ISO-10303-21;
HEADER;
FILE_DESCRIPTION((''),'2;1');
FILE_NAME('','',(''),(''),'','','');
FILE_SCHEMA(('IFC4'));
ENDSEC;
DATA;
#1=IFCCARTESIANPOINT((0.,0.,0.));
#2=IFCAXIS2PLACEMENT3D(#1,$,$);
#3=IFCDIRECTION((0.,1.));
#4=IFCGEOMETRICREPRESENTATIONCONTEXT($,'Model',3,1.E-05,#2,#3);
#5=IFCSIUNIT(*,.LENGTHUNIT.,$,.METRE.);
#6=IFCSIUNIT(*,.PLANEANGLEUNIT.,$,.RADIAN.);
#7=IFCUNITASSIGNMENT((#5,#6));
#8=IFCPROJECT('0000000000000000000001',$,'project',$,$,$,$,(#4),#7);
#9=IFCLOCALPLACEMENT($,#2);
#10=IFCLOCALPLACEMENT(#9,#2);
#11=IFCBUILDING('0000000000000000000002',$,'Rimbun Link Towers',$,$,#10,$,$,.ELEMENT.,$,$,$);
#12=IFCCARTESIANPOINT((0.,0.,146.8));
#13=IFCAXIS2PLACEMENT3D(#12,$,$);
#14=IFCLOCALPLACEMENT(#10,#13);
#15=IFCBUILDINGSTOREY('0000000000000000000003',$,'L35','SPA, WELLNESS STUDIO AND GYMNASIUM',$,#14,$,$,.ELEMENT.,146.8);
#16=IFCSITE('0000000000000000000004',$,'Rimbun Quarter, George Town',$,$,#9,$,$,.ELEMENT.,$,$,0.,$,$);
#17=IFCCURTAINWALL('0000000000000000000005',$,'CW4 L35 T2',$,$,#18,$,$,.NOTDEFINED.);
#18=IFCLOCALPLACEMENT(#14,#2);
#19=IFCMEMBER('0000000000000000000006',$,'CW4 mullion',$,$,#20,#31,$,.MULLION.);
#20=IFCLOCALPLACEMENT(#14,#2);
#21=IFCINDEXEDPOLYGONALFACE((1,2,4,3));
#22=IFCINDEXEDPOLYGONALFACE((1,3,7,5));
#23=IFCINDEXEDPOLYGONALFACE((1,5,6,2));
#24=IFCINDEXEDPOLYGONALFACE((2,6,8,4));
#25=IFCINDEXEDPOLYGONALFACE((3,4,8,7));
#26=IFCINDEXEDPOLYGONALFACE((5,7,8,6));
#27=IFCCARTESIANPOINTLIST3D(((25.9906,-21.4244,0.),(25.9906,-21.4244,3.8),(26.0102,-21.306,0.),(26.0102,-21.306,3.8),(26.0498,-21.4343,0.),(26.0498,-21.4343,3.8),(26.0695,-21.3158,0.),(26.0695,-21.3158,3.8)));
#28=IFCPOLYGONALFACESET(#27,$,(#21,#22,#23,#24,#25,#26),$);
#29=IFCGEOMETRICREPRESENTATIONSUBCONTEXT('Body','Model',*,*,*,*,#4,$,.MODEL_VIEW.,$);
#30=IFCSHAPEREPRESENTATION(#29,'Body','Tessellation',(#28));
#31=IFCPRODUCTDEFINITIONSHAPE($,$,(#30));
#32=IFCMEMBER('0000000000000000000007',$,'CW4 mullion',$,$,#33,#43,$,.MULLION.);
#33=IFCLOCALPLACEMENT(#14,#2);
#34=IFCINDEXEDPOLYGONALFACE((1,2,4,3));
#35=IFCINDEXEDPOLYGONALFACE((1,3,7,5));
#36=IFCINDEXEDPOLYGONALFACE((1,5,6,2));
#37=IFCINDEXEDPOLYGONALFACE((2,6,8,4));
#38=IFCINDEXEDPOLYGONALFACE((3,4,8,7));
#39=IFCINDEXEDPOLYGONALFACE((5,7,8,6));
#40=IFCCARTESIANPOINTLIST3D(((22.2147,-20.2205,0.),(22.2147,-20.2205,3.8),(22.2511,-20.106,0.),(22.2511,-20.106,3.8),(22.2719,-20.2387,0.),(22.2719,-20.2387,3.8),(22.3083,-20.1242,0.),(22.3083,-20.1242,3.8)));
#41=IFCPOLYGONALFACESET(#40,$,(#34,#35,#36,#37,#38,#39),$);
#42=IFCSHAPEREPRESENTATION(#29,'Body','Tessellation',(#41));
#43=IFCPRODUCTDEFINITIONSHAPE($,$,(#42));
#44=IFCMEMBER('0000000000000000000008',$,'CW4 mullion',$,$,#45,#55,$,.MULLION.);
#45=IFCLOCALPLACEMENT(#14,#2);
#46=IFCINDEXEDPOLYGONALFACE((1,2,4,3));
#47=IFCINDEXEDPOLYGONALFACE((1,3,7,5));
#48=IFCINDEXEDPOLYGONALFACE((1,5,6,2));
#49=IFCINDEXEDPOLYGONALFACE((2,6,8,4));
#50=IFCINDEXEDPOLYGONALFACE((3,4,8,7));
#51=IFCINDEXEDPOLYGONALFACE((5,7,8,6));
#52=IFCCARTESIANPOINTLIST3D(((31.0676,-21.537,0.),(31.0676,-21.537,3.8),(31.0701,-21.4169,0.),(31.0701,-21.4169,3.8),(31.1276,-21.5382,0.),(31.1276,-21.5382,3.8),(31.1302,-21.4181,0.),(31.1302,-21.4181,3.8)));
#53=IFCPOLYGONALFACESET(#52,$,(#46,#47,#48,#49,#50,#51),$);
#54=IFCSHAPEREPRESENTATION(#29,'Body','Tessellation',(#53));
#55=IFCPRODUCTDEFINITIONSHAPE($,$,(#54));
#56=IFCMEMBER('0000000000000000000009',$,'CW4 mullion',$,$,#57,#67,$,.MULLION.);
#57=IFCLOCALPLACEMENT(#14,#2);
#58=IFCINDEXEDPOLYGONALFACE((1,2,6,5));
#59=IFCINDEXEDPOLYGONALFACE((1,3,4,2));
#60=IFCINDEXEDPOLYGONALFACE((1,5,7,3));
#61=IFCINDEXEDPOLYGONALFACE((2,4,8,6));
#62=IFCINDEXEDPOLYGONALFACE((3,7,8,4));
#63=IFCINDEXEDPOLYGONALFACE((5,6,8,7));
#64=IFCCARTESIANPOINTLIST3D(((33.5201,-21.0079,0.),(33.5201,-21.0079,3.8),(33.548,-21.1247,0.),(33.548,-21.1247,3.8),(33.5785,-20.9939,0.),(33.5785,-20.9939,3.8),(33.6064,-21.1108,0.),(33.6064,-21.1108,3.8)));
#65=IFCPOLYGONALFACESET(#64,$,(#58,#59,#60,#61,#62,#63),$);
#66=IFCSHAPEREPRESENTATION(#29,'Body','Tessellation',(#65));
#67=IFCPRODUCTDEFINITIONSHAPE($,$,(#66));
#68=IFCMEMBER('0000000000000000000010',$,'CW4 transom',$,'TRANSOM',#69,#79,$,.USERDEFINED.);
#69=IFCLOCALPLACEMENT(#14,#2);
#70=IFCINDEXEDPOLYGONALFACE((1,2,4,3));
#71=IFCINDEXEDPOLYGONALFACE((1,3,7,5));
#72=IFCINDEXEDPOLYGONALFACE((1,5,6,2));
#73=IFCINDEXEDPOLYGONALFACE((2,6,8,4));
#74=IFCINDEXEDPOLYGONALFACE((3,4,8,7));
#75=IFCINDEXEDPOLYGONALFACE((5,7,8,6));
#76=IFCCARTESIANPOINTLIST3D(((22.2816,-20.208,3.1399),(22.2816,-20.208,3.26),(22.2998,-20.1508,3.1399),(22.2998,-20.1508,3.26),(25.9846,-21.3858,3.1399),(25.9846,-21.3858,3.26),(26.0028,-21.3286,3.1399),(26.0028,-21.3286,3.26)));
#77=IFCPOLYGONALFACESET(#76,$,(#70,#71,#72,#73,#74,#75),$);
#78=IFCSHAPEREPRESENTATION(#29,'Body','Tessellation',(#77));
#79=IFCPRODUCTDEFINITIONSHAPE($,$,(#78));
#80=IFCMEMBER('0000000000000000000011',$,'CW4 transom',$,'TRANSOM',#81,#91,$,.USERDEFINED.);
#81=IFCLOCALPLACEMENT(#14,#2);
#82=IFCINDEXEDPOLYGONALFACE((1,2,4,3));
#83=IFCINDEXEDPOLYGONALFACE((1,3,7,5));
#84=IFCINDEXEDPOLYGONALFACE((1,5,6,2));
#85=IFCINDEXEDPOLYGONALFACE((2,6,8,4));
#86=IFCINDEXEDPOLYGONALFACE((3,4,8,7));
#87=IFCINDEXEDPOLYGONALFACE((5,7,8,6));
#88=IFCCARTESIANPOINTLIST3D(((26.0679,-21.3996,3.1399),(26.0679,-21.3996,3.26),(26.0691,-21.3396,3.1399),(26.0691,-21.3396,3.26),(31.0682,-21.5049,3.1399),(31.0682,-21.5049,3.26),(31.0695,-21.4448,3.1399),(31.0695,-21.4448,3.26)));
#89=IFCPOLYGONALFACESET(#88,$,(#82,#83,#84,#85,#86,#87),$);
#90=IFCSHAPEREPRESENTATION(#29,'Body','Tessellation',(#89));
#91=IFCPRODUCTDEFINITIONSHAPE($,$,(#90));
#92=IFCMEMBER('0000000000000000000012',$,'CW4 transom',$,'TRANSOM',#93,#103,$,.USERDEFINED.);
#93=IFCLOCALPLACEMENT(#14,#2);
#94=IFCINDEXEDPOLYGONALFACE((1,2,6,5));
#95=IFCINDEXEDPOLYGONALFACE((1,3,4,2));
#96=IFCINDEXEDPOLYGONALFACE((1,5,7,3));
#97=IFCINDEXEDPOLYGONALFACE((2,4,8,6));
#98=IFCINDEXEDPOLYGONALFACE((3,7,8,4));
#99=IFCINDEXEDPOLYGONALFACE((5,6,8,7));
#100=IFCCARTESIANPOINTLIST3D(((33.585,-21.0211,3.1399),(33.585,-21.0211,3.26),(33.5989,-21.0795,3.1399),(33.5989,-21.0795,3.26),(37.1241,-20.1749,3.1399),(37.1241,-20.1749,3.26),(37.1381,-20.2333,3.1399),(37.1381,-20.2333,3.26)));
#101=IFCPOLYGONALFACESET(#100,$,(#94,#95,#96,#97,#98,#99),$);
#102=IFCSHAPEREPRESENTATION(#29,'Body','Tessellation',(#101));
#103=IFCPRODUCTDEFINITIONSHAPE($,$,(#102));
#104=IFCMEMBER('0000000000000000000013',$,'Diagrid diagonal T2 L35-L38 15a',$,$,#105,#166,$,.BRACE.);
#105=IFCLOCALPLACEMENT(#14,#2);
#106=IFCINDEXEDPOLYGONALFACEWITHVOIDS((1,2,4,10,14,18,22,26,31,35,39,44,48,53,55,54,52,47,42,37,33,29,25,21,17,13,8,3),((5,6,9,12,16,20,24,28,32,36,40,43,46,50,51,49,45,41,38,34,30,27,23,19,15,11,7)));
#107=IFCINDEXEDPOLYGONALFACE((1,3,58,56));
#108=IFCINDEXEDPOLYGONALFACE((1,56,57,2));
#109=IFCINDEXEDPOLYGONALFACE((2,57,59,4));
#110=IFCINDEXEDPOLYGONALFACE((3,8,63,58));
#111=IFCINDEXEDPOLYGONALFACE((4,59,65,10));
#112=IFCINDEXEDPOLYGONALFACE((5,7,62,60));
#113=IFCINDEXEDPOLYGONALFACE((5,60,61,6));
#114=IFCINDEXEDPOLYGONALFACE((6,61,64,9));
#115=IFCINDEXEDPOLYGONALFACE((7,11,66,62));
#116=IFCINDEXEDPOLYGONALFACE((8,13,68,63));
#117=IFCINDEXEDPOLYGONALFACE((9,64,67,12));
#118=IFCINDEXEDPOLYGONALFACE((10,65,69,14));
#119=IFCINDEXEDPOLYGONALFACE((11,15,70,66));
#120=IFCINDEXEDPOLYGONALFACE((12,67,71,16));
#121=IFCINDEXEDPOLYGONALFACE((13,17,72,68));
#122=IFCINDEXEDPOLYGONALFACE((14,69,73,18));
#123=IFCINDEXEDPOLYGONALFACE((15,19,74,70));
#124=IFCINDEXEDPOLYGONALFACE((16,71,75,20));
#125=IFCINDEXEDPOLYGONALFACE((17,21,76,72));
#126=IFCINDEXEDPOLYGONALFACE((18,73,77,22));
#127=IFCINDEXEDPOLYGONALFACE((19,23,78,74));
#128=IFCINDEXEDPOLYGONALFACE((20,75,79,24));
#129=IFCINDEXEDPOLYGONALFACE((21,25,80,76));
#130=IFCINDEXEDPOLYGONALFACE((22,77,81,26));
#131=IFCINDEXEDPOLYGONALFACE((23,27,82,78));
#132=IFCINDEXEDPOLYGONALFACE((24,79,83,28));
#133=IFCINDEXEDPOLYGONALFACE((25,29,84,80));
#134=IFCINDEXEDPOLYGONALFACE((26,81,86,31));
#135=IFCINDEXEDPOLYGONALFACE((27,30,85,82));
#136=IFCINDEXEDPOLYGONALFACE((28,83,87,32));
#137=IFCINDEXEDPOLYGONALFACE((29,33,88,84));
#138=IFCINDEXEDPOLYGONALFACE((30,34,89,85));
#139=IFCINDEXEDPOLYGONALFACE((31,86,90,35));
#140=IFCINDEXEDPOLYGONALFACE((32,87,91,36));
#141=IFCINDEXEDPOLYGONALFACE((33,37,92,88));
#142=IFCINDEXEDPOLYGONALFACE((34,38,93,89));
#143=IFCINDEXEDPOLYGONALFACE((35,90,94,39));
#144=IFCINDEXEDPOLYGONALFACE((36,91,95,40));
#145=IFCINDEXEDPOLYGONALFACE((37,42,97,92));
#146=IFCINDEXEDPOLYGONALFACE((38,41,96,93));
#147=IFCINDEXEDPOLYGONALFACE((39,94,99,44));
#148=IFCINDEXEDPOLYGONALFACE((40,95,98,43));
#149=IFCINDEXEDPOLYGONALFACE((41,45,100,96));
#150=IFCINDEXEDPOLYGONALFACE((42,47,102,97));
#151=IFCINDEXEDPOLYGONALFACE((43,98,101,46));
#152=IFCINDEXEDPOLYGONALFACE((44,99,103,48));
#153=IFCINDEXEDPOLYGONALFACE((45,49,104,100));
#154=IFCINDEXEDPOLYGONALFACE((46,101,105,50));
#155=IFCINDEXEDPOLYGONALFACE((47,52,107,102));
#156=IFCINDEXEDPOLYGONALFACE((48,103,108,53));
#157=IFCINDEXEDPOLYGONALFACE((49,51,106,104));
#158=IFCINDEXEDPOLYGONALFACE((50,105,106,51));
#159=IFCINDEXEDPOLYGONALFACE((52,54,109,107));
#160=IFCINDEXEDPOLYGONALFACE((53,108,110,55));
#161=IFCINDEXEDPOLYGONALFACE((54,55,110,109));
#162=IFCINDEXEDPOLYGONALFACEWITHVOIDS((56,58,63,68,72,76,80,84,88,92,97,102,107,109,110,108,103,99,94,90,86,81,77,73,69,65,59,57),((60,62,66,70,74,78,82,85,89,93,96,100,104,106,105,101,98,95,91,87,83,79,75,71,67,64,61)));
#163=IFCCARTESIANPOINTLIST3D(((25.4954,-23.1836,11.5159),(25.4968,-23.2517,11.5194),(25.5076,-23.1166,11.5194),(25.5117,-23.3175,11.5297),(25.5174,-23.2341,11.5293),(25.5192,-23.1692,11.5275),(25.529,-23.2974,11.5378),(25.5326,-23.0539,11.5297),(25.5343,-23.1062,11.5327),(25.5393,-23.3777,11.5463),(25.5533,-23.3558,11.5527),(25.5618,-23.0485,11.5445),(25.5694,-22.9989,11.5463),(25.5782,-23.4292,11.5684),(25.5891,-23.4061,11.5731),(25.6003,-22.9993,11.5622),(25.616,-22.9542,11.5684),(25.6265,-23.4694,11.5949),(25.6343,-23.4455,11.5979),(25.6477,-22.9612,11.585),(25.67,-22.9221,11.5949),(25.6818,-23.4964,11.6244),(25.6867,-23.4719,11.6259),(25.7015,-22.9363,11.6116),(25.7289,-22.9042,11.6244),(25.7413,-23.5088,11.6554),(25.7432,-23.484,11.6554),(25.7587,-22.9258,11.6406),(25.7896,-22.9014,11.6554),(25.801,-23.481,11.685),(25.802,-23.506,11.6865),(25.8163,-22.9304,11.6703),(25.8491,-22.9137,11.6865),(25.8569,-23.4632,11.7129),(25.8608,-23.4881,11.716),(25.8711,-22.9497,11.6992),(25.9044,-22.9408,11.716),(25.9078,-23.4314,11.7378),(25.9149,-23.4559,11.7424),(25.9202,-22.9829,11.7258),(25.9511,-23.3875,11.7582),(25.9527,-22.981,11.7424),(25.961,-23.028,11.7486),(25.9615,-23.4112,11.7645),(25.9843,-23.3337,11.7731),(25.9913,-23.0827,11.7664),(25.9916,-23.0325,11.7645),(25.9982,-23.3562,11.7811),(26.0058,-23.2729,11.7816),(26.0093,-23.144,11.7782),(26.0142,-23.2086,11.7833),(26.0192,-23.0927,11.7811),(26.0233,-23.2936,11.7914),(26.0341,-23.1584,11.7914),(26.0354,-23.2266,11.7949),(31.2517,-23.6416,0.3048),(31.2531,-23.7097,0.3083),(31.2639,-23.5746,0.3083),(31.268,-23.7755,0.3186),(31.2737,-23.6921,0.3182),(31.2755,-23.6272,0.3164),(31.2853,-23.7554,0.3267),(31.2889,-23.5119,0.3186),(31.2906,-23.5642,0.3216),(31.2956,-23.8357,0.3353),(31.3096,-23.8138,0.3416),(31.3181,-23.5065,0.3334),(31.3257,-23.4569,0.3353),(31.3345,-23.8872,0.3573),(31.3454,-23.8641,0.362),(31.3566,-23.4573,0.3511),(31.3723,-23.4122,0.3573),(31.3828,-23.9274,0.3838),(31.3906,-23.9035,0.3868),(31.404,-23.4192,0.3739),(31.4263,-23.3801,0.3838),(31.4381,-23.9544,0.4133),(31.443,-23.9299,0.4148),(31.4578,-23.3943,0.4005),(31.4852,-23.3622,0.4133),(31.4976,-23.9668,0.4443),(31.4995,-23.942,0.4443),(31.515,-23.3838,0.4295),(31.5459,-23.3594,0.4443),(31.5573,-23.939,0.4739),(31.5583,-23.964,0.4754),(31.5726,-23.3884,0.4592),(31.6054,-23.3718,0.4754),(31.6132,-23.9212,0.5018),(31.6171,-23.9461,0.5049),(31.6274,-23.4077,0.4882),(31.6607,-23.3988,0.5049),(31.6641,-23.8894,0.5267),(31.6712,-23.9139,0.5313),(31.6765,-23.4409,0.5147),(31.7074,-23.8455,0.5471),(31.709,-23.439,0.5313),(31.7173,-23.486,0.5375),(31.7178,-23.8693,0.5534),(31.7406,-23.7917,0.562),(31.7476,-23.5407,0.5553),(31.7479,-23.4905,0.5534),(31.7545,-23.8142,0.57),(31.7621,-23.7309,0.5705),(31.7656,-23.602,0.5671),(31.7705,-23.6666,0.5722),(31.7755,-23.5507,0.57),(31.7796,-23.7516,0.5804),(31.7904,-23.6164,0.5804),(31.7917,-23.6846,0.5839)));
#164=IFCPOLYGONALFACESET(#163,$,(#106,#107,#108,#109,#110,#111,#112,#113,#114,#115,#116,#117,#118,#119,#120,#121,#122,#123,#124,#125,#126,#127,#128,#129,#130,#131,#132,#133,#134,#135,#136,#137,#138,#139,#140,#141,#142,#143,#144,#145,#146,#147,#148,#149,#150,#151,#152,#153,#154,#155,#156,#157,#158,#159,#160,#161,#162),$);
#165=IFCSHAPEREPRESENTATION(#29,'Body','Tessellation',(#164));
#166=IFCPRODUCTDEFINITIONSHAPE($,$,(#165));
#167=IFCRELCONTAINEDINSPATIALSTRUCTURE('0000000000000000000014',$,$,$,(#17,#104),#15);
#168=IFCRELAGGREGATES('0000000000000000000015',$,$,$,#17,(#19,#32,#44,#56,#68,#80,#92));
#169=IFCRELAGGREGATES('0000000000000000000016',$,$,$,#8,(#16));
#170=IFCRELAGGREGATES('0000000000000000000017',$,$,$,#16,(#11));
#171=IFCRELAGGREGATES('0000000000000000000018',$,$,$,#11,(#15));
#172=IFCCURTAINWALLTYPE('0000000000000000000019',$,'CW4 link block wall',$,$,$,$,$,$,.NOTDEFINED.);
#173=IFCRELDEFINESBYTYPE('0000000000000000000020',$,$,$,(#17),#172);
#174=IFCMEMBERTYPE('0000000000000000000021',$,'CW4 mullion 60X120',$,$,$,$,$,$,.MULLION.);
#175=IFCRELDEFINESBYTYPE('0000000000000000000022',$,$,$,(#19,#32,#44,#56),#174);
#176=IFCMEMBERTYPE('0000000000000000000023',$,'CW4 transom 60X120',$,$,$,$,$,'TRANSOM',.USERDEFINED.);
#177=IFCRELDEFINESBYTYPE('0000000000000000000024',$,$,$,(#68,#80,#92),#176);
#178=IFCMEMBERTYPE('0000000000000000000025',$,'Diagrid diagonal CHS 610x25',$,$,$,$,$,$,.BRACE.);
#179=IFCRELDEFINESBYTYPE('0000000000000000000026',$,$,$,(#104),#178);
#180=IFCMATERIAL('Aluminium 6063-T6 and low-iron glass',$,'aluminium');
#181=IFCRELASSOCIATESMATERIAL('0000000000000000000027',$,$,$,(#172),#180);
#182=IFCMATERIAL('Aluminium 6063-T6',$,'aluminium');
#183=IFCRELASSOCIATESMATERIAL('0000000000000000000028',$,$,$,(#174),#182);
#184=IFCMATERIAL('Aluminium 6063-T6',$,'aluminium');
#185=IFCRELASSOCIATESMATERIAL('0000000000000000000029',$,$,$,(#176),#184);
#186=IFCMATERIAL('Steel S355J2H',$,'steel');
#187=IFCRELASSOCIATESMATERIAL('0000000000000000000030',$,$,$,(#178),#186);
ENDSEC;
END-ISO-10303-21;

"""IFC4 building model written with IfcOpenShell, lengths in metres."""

from ifc_helpers import new_model, si_unit, direction, frame, origin, origin_2d, place, context, subcontext, project, spatial, rectangle, hollow_circle, extrude, material, material_profile, profile_set, type_object, element, aggregate, save


model = new_model("IFC4")

# Units and contexts
model_context = context("Model", 3, precision=1e-05, world=origin(), true_north=direction((0.0, 1.0)))
body_context = subcontext(model_context, "Body", "Model", "MODEL_VIEW")
ifc_project = project(units=[si_unit("LENGTHUNIT", "METRE"), si_unit("PLANEANGLEUNIT", "RADIAN")], contexts=[model_context])

# Site, building, storey
site_placement = place(None, origin())
site = spatial("IfcSite", under=ifc_project, at=site_placement, Name="Rimbun Quarter, George Town", CompositionType="ELEMENT", RefElevation=0.0)
building_placement = place(site_placement, origin())
building = spatial("IfcBuilding", under=site, at=building_placement, Name="Rimbun Link Towers", CompositionType="ELEMENT")
storey_placement = place(building_placement, frame((0.0, 0.0, 146.8)))
storey = spatial("IfcBuildingStorey", under=building, at=storey_placement, Name="L35", Description="SPA, WELLNESS STUDIO AND GYMNASIUM", CompositionType="ELEMENT", Elevation=146.8)

# Curtain wall, members
ifc_material_1 = material(Name="Aluminium 6063-T6 and low-iron glass", Category="aluminium")
curtain_wall_type = type_object("IfcCurtainWallType", Name="CW4 link block wall", PredefinedType="NOTDEFINED", material=ifc_material_1)
curtain_wall_placement = place(storey_placement, origin())
curtain_wall = element("IfcCurtainWall", 1, at=curtain_wall_placement, inside=storey, type_object=curtain_wall_type, Name="CW4 L35 T2", PredefinedType="NOTDEFINED")
ifc_material_2 = material(Name="Aluminium 6063-T6", Category="aluminium")
ifc_material_profile_1 = material_profile(ifc_material_2, rectangle(XDim=0.1201, YDim=0.0601, at=origin_2d()), Name="MULLION 60X120")
ifc_profile_set_1 = profile_set([ifc_material_profile_1], Name="Aluminium 6063-T6")
member_type_1 = type_object("IfcMemberType", Name="CW4 mullion 60X120", PredefinedType="MULLION", material=ifc_profile_set_1)
member_1_placement = place(storey_placement, frame((26.03, -21.3701, 0.0), z_axis=(0.0, 0.0, 1.0), x_axis=(-0.163742, -0.986503, 0.0)))
member_1 = element("IfcMember", 2, at=member_1_placement, type_object=member_type_1, Name="CW4 mullion", PredefinedType="MULLION", context=body_context, shape_type="SweptSolid", body=[
    extrude(rectangle(XDim=0.1201, YDim=0.0601, at=origin_2d()), origin(), (0.0, 0.0, 1.0), 3.8),
])
member_2_placement = place(storey_placement, frame((22.2615, -20.1724, 0.0), z_axis=(0.0, 0.0, 1.0), x_axis=(-0.30306, -0.952972, 0.0)))
member_2 = element("IfcMember", 3, at=member_2_placement, type_object=member_type_1, Name="CW4 mullion", PredefinedType="MULLION", context=body_context, shape_type="SweptSolid", body=[
    extrude(rectangle(XDim=0.1201, YDim=0.0601, at=origin_2d()), origin(), (0.0, 0.0, 1.0), 3.8),
])
member_3_placement = place(storey_placement, frame((31.0989, -21.4775, 0.0), z_axis=(0.0, 0.0, 1.0), x_axis=(-0.021063, -0.999778, 0.0)))
member_3 = element("IfcMember", 4, at=member_3_placement, type_object=member_type_1, Name="CW4 mullion", PredefinedType="MULLION", context=body_context, shape_type="SweptSolid", body=[
    extrude(rectangle(XDim=0.1201, YDim=0.0601, at=origin_2d()), origin(), (0.0, 0.0, 1.0), 3.8),
])
member_4_placement = place(storey_placement, frame((33.5632, -21.0593, 0.0), z_axis=(0.0, 0.0, 1.0), x_axis=(0.232588, -0.972575, 0.0)))
member_4 = element("IfcMember", 5, at=member_4_placement, type_object=member_type_1, Name="CW4 mullion", PredefinedType="MULLION", context=body_context, shape_type="SweptSolid", body=[
    extrude(rectangle(XDim=0.1201, YDim=0.0601, at=origin_2d()), origin(), (0.0, 0.0, 1.0), 3.8),
])
ifc_material_3 = material(Name="Aluminium 6063-T6", Category="aluminium")
ifc_material_profile_2 = material_profile(ifc_material_3, rectangle(XDim=0.0601, YDim=0.1201, at=origin_2d()), Name="TRANSOM 60X120")
ifc_profile_set_2 = profile_set([ifc_material_profile_2], Name="Aluminium 6063-T6")
member_type_2 = type_object("IfcMemberType", Name="CW4 transom 60X120", ElementType="TRANSOM", PredefinedType="USERDEFINED", material=ifc_profile_set_2)
member_5_placement = place(storey_placement, frame((25.9937, -21.3572, 3.2), z_axis=(-0.95296, 0.303097, 0.0), x_axis=(-0.303097, -0.95296, 0.0)))
member_5 = element("IfcMember", 6, at=member_5_placement, type_object=member_type_2, Name="CW4 transom", ObjectType="TRANSOM", PredefinedType="USERDEFINED", context=body_context, shape_type="SweptSolid", body=[
    extrude(rectangle(XDim=0.0601, YDim=0.1201, at=origin_2d()), origin(), (0.0, 0.0, 1.0), 3.8857),
])
member_6_placement = place(storey_placement, frame((31.0688, -21.4749, 3.2), z_axis=(-0.999779, 0.021039, 0.0), x_axis=(-0.021039, -0.999779, 0.0)))
member_6 = element("IfcMember", 7, at=member_6_placement, type_object=member_type_2, Name="CW4 transom", ObjectType="TRANSOM", PredefinedType="USERDEFINED", context=body_context, shape_type="SweptSolid", body=[
    extrude(rectangle(XDim=0.0601, YDim=0.1201, at=origin_2d()), origin(), (0.0, 0.0, 1.0), 5.0015),
])
member_7_placement = place(storey_placement, frame((37.1311, -20.2041, 3.2), z_axis=(-0.972585, -0.232546, 0.0), x_axis=(0.232546, -0.972585, 0.0)))
member_7 = element("IfcMember", 8, at=member_7_placement, type_object=member_type_2, Name="CW4 transom", ObjectType="TRANSOM", PredefinedType="USERDEFINED", context=body_context, shape_type="SweptSolid", body=[
    extrude(rectangle(XDim=0.0601, YDim=0.1201, at=origin_2d()), origin(), (0.0, 0.0, 1.0), 3.6389),
])

# Member
ifc_material_4 = material(Name="Steel S355J2H", Category="steel")
ifc_material_profile_3 = material_profile(ifc_material_4, hollow_circle(Radius=0.3047, WallThickness=0.0249, at=origin_2d()), Name="Diagrid diagonal CHS 610x25")
ifc_profile_set_3 = profile_set([ifc_material_profile_3], Name="Steel S355J2H")
member_type_3 = type_object("IfcMemberType", Name="Diagrid diagonal CHS 610x25", PredefinedType="BRACE", material=ifc_profile_set_3)
member_8_placement = place(storey_placement, frame((31.5217, -23.6631, 0.4443), z_axis=(-0.456457, 0.036318, 0.889004), x_axis=(-0.079315, -0.99685, 0.0)))
element("IfcMember", 9, at=member_8_placement, inside=storey, type_object=member_type_3, Name="Diagrid diagonal T2 L35-L38 15a", PredefinedType="BRACE", context=body_context, shape_type="SweptSolid", body=[
    extrude(hollow_circle(Radius=0.3047, WallThickness=0.0249, at=origin_2d()), origin(), (0.0, 0.0, 1.0), 12.6108),
])

aggregate(curtain_wall, [member_1, member_2, member_3, member_4, member_5, member_6, member_7])

save(model, "model.ifc")
